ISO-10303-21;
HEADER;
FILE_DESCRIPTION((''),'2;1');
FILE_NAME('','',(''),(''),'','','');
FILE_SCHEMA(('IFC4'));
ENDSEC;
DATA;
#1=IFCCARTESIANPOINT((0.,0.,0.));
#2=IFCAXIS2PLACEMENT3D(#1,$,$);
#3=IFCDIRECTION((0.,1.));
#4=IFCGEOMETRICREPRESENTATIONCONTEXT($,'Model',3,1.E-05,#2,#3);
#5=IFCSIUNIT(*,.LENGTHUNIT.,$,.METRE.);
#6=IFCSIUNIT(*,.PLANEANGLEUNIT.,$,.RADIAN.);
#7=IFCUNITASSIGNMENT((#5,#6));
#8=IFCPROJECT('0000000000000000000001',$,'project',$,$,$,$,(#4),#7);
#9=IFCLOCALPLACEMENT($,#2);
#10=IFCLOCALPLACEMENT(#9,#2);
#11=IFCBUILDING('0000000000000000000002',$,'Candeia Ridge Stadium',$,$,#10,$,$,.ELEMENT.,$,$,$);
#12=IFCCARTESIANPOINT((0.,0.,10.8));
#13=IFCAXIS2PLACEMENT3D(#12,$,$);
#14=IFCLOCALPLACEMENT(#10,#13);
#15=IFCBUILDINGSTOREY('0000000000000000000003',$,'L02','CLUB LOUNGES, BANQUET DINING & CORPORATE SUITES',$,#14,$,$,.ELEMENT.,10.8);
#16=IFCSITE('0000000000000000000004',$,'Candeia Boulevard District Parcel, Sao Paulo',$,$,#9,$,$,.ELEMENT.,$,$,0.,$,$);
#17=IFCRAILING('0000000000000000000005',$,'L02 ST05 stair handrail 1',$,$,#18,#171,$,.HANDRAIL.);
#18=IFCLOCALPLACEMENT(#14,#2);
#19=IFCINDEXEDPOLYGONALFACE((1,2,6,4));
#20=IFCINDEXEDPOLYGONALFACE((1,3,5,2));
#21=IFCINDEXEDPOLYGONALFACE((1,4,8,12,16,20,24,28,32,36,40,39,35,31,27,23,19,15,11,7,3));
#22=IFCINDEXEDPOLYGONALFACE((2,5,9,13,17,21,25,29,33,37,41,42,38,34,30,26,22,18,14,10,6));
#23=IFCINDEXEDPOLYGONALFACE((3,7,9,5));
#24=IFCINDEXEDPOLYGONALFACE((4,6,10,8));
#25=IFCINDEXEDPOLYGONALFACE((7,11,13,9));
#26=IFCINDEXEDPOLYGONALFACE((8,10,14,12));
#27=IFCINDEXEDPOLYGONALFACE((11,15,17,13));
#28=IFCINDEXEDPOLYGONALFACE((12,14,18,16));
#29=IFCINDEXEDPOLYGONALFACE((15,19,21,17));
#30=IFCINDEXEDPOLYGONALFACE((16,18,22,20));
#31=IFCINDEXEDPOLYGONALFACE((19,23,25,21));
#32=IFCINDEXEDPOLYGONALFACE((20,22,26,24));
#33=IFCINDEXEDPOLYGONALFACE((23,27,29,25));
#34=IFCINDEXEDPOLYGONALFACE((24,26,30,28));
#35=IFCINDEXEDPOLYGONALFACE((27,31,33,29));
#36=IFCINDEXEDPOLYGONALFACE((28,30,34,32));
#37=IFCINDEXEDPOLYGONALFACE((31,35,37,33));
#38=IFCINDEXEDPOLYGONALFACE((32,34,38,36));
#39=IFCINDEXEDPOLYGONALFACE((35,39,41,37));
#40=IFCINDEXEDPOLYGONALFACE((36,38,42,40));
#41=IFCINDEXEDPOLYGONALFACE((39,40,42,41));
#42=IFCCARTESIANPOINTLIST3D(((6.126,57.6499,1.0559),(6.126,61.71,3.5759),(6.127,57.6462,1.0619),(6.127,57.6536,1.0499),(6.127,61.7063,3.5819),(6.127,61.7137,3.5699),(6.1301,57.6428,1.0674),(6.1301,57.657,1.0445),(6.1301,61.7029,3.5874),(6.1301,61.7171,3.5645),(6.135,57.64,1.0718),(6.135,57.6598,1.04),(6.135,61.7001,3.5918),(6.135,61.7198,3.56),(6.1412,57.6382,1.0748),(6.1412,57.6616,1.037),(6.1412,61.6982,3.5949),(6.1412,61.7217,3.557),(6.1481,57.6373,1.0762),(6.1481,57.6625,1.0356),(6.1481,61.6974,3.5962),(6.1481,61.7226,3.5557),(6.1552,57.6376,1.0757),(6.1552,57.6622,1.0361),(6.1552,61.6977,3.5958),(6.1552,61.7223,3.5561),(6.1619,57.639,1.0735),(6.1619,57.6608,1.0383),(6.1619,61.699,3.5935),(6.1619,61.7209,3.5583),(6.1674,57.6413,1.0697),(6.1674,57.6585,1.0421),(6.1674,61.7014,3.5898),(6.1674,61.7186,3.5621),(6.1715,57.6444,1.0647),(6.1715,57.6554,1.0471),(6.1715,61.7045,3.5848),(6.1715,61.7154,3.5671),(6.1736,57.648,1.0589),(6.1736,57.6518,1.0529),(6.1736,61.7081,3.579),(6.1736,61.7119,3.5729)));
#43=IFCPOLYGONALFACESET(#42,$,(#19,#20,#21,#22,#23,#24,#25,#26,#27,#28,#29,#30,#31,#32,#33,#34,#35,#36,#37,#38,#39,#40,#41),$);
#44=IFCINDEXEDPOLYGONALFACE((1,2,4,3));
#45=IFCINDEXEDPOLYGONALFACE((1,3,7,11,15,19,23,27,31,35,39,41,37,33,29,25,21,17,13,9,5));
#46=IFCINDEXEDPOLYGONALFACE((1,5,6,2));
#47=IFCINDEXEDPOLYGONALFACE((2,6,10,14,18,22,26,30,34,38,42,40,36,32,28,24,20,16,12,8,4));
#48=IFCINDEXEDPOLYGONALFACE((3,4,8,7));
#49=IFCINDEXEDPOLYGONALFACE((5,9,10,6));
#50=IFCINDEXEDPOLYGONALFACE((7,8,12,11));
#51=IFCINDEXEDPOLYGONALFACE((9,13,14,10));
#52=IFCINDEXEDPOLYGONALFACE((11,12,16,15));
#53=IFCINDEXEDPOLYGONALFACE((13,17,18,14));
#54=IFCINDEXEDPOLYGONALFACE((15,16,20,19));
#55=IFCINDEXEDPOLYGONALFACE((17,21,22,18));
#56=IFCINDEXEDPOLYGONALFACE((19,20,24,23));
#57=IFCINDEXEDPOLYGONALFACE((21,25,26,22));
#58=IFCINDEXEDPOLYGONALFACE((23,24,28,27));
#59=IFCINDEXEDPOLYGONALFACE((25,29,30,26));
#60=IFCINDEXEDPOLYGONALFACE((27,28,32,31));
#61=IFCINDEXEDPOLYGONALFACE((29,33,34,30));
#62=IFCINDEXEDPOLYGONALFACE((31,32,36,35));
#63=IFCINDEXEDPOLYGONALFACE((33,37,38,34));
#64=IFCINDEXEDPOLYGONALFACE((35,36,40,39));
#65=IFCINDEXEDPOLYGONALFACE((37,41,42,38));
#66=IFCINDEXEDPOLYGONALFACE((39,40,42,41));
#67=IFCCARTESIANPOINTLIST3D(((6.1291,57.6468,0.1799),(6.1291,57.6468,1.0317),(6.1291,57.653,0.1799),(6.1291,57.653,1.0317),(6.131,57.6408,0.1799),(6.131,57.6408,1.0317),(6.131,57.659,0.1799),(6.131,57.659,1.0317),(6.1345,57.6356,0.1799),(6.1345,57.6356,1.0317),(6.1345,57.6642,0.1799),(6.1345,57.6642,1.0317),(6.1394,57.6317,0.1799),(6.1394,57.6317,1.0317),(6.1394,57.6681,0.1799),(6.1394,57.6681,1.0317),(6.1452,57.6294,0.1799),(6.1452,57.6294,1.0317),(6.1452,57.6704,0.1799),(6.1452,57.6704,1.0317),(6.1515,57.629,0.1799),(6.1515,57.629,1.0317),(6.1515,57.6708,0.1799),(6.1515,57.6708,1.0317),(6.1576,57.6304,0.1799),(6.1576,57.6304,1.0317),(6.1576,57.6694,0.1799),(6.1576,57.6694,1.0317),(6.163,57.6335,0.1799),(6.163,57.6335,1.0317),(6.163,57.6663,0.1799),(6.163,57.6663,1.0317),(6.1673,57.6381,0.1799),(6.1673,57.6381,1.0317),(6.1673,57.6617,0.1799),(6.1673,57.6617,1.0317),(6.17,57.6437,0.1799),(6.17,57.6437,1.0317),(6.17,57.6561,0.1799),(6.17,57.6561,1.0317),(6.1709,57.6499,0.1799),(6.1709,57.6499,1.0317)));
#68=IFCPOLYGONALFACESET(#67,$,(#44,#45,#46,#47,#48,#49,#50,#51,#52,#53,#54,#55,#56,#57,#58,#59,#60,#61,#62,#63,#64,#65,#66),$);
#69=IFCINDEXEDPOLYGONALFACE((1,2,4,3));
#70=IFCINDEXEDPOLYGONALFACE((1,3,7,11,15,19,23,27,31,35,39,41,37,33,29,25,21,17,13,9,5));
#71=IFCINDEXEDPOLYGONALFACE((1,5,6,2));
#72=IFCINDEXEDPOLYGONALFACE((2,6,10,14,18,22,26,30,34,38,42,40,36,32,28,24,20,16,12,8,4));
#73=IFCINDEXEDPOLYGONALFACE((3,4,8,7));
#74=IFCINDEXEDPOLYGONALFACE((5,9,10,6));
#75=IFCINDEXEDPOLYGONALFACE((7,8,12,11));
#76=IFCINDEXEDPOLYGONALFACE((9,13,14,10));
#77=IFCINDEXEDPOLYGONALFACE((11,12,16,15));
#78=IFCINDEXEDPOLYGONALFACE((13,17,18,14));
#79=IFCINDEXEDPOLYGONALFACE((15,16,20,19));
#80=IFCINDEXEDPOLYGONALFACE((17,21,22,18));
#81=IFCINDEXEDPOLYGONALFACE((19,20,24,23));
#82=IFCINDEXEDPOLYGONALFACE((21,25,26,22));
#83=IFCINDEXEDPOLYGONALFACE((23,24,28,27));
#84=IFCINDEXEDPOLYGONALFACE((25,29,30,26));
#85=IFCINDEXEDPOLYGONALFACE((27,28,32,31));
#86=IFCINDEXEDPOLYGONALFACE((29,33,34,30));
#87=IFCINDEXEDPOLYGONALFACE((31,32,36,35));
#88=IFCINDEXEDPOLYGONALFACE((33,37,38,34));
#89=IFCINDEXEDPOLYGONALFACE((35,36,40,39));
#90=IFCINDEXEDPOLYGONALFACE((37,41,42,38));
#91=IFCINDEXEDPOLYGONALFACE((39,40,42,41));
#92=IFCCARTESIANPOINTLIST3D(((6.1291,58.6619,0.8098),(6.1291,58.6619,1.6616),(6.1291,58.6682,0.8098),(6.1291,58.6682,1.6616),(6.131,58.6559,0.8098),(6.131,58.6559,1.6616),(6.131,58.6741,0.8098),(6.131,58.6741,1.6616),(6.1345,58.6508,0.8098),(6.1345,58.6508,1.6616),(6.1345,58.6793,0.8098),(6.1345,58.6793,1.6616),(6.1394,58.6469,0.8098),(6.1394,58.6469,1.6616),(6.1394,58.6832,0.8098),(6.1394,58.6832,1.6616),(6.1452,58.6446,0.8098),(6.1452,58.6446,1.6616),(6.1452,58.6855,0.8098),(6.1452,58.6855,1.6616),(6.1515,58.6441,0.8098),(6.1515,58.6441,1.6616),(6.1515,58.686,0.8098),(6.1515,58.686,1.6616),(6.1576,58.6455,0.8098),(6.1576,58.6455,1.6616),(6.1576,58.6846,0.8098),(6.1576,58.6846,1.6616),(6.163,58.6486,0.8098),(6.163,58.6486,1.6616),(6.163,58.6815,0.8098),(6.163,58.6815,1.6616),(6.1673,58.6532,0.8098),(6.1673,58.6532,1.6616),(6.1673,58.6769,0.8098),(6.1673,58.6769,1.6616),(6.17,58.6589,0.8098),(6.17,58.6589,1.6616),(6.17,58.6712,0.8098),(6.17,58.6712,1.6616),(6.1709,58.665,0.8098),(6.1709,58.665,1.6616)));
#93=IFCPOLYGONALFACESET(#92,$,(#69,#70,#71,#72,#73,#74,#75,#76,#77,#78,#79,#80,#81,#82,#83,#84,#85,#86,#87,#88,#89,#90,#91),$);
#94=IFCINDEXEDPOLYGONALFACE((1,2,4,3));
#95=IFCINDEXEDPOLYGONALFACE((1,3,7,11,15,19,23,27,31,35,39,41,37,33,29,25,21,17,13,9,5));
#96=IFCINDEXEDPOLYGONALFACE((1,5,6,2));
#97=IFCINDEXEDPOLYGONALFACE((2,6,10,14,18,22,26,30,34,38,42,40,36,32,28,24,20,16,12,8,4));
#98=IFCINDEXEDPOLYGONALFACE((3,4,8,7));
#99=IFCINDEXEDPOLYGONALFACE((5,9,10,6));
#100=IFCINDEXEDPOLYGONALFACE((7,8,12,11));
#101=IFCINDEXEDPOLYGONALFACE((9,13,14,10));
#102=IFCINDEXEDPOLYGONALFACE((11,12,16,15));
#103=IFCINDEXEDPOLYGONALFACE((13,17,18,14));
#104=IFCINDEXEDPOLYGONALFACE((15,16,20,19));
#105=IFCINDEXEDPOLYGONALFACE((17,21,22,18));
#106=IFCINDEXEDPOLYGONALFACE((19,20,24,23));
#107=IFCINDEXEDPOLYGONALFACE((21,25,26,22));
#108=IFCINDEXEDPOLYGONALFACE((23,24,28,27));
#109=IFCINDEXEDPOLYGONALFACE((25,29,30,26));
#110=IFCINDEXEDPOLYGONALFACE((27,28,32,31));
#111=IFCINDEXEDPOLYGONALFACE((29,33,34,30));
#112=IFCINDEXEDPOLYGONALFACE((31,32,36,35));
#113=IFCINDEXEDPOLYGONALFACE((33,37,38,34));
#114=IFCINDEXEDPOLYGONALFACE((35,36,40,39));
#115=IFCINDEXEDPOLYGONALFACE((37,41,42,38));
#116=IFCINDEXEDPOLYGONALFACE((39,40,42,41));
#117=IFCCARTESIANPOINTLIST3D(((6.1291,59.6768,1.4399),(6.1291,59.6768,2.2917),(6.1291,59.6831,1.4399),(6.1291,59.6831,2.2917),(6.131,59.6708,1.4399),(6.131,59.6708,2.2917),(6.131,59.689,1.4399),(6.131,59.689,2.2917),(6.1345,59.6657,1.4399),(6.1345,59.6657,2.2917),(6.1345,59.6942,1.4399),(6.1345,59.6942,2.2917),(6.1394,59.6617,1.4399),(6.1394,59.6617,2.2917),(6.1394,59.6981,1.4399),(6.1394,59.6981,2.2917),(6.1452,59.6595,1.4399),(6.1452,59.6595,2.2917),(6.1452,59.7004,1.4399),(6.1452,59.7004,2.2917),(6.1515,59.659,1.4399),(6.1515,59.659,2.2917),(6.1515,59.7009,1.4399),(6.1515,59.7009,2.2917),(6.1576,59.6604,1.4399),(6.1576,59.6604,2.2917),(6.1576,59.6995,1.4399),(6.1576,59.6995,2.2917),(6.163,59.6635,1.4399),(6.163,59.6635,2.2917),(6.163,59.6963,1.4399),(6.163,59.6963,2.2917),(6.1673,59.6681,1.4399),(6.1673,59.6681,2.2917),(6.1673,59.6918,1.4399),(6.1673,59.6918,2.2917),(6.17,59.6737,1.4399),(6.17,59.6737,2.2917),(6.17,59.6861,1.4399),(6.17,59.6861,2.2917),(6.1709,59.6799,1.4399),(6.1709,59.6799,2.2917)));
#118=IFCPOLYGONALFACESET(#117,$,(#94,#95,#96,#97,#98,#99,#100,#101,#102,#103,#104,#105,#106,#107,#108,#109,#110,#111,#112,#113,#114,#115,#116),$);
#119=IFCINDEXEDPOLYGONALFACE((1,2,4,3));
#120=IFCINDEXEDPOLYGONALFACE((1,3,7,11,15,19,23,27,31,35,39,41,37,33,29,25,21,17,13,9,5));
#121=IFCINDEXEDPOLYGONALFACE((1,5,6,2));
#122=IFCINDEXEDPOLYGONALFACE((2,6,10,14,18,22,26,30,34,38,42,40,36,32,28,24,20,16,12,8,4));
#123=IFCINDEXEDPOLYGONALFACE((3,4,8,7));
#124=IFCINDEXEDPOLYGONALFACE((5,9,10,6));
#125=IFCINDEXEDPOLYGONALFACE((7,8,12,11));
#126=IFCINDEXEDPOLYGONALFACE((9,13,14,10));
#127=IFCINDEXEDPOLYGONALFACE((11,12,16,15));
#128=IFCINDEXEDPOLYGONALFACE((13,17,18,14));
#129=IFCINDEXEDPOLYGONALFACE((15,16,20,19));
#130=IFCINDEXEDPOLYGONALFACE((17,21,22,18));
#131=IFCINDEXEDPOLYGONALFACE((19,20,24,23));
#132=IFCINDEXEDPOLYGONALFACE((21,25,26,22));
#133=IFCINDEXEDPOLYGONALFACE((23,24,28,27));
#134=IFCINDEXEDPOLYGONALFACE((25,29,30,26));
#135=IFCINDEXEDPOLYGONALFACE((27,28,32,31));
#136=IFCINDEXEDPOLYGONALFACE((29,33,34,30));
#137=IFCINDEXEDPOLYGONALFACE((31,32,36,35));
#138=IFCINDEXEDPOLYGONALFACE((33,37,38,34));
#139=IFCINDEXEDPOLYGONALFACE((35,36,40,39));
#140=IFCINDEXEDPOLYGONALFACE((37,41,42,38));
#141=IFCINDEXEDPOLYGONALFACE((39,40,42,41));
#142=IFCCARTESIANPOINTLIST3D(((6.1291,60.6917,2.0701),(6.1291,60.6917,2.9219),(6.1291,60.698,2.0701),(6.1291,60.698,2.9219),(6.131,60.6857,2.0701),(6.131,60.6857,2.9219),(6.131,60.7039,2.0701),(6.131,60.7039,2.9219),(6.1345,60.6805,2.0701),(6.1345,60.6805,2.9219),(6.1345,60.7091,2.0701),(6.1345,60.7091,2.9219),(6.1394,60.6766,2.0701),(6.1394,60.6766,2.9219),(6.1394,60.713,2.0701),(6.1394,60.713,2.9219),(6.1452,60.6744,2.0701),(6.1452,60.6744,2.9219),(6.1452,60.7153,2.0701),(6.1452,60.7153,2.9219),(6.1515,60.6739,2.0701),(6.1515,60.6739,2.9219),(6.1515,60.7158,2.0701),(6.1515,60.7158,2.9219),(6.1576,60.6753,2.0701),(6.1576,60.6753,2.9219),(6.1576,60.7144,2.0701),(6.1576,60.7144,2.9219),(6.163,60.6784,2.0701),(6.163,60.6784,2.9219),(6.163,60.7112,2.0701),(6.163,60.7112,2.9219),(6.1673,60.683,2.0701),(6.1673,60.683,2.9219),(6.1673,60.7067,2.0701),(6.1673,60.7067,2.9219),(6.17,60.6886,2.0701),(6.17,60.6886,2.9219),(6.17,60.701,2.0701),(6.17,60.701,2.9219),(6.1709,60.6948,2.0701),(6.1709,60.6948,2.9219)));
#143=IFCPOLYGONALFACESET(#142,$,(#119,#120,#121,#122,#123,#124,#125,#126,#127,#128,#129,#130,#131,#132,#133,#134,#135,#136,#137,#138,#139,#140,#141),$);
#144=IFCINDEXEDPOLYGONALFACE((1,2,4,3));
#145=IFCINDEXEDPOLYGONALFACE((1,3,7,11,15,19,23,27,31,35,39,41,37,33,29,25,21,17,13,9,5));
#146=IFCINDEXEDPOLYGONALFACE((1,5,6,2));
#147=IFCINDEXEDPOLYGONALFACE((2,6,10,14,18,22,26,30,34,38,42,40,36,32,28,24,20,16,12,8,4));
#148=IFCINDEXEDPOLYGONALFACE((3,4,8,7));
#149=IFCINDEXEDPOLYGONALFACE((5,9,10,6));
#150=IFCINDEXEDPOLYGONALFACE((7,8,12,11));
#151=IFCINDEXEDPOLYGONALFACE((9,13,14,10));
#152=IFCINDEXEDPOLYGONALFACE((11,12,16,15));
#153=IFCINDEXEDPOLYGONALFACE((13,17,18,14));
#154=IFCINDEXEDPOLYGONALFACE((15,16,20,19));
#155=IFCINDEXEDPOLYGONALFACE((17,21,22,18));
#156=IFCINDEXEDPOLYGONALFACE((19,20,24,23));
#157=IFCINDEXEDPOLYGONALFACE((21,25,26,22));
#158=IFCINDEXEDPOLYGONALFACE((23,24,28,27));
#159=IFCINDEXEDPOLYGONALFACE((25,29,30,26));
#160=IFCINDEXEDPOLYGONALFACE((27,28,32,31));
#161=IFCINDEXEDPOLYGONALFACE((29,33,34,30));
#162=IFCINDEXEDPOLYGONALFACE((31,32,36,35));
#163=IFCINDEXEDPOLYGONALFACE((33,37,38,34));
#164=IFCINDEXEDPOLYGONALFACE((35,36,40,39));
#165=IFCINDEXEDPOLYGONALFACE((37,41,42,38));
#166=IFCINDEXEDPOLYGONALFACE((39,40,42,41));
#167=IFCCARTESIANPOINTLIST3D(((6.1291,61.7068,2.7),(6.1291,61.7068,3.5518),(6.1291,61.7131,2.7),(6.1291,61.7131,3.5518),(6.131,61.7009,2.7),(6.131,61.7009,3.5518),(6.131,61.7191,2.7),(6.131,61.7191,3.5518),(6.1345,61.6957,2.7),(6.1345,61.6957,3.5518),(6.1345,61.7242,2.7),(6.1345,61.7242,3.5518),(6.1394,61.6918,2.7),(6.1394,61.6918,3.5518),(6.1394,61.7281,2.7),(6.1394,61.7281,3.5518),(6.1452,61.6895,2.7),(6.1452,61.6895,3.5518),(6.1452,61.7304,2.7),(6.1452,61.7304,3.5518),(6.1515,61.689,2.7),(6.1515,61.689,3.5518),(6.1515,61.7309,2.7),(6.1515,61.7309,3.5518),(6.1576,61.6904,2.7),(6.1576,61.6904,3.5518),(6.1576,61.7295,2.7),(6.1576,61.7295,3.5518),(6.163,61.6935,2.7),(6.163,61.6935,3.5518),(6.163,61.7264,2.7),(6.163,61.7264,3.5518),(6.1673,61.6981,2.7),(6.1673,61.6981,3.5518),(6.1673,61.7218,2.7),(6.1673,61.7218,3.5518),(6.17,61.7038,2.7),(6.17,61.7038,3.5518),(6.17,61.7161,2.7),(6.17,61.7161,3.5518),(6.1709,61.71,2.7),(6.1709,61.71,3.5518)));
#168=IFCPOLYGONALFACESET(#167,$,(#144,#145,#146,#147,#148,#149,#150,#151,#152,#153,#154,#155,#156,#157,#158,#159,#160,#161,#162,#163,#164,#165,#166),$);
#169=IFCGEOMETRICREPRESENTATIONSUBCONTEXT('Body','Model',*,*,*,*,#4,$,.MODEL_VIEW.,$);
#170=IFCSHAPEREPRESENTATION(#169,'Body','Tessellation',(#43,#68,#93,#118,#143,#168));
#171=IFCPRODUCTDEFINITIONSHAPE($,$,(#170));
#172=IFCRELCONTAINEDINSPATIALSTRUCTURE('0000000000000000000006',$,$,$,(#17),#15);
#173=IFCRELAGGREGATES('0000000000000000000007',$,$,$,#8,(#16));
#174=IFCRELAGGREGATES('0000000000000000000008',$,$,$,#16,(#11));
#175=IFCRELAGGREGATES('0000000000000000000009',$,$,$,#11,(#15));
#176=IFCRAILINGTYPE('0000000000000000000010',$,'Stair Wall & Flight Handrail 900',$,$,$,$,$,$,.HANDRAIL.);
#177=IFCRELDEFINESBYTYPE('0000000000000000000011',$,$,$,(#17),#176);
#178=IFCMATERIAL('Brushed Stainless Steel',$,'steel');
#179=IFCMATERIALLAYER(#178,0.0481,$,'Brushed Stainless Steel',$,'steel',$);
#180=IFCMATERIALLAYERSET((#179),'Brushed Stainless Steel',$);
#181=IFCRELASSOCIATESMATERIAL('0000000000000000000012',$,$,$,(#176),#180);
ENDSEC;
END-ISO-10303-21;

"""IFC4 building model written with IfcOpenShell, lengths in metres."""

from ifc_helpers import new_model, si_unit, direction, frame, origin, origin_2d, place, context, subcontext, project, spatial, circle, extrude, material, layer, layer_set, type_object, element, save


model = new_model("IFC4")

# Units and contexts
model_context = context("Model", 3, precision=1e-05, world=origin(), true_north=direction((0.0, 1.0)))
body_context = subcontext(model_context, "Body", "Model", "MODEL_VIEW")
ifc_project = project(units=[si_unit("LENGTHUNIT", "METRE"), si_unit("PLANEANGLEUNIT", "RADIAN")], contexts=[model_context])

# Site, building, storey
site_placement = place(None, origin())
site = spatial("IfcSite", under=ifc_project, at=site_placement, Name="Candeia Boulevard District Parcel, Sao Paulo", CompositionType="ELEMENT", RefElevation=0.0)
building_placement = place(site_placement, origin())
building = spatial("IfcBuilding", under=site, at=building_placement, Name="Candeia Ridge Stadium", CompositionType="ELEMENT")
storey_placement = place(building_placement, frame((0.0, 0.0, 10.8)))
storey = spatial("IfcBuildingStorey", under=building, at=storey_placement, Name="L02", Description="CLUB LOUNGES, BANQUET DINING & CORPORATE SUITES", CompositionType="ELEMENT", Elevation=10.8)

# Railing
ifc_material_1 = material(Name="Brushed Stainless Steel", Category="steel")
ifc_layer_1 = layer(ifc_material_1, 0.0481, Name="Brushed Stainless Steel", Category="steel")
ifc_layer_set_1 = layer_set([ifc_layer_1], Name="Brushed Stainless Steel")
railing_type_1 = type_object("IfcRailingType", Name="Stair Wall & Flight Handrail 900", PredefinedType="HANDRAIL", material=ifc_layer_set_1)
railing_1_placement = place(storey_placement, frame((6.1499, 57.6499, 0.1799)))
element("IfcRailing", 1, at=railing_1_placement, inside=storey, type_object=railing_type_1, Name="L02 ST05 stair handrail 1", PredefinedType="HANDRAIL", context=body_context, shape_type="SweptSolid", body=[
    extrude(circle(Radius=0.0239, at=origin_2d()), frame((0.0, 0.0, 0.876), z_axis=(0.0, 0.849642, 0.52736), x_axis=(-1.0, 0.0, 0.0)), (0.0, 0.0, 1.0), 4.7786),
    extrude(circle(Radius=0.021, at=origin_2d()), origin(), (0.0, 0.0, 1.0), 0.8518),
    extrude(circle(Radius=0.021, at=origin_2d()), frame((0.0, 1.0151, 0.6299)), (0.0, 0.0, 1.0), 0.8518),
    extrude(circle(Radius=0.021, at=origin_2d()), frame((0.0, 2.03, 1.26)), (0.0, 0.0, 1.0), 0.8518),
    extrude(circle(Radius=0.021, at=origin_2d()), frame((0.0, 3.0449, 1.8901)), (0.0, 0.0, 1.0), 0.8518),
    extrude(circle(Radius=0.021, at=origin_2d()), frame((0.0, 4.0601, 2.52)), (0.0, 0.0, 1.0), 0.8518),
])

save(model, "model.ifc")
